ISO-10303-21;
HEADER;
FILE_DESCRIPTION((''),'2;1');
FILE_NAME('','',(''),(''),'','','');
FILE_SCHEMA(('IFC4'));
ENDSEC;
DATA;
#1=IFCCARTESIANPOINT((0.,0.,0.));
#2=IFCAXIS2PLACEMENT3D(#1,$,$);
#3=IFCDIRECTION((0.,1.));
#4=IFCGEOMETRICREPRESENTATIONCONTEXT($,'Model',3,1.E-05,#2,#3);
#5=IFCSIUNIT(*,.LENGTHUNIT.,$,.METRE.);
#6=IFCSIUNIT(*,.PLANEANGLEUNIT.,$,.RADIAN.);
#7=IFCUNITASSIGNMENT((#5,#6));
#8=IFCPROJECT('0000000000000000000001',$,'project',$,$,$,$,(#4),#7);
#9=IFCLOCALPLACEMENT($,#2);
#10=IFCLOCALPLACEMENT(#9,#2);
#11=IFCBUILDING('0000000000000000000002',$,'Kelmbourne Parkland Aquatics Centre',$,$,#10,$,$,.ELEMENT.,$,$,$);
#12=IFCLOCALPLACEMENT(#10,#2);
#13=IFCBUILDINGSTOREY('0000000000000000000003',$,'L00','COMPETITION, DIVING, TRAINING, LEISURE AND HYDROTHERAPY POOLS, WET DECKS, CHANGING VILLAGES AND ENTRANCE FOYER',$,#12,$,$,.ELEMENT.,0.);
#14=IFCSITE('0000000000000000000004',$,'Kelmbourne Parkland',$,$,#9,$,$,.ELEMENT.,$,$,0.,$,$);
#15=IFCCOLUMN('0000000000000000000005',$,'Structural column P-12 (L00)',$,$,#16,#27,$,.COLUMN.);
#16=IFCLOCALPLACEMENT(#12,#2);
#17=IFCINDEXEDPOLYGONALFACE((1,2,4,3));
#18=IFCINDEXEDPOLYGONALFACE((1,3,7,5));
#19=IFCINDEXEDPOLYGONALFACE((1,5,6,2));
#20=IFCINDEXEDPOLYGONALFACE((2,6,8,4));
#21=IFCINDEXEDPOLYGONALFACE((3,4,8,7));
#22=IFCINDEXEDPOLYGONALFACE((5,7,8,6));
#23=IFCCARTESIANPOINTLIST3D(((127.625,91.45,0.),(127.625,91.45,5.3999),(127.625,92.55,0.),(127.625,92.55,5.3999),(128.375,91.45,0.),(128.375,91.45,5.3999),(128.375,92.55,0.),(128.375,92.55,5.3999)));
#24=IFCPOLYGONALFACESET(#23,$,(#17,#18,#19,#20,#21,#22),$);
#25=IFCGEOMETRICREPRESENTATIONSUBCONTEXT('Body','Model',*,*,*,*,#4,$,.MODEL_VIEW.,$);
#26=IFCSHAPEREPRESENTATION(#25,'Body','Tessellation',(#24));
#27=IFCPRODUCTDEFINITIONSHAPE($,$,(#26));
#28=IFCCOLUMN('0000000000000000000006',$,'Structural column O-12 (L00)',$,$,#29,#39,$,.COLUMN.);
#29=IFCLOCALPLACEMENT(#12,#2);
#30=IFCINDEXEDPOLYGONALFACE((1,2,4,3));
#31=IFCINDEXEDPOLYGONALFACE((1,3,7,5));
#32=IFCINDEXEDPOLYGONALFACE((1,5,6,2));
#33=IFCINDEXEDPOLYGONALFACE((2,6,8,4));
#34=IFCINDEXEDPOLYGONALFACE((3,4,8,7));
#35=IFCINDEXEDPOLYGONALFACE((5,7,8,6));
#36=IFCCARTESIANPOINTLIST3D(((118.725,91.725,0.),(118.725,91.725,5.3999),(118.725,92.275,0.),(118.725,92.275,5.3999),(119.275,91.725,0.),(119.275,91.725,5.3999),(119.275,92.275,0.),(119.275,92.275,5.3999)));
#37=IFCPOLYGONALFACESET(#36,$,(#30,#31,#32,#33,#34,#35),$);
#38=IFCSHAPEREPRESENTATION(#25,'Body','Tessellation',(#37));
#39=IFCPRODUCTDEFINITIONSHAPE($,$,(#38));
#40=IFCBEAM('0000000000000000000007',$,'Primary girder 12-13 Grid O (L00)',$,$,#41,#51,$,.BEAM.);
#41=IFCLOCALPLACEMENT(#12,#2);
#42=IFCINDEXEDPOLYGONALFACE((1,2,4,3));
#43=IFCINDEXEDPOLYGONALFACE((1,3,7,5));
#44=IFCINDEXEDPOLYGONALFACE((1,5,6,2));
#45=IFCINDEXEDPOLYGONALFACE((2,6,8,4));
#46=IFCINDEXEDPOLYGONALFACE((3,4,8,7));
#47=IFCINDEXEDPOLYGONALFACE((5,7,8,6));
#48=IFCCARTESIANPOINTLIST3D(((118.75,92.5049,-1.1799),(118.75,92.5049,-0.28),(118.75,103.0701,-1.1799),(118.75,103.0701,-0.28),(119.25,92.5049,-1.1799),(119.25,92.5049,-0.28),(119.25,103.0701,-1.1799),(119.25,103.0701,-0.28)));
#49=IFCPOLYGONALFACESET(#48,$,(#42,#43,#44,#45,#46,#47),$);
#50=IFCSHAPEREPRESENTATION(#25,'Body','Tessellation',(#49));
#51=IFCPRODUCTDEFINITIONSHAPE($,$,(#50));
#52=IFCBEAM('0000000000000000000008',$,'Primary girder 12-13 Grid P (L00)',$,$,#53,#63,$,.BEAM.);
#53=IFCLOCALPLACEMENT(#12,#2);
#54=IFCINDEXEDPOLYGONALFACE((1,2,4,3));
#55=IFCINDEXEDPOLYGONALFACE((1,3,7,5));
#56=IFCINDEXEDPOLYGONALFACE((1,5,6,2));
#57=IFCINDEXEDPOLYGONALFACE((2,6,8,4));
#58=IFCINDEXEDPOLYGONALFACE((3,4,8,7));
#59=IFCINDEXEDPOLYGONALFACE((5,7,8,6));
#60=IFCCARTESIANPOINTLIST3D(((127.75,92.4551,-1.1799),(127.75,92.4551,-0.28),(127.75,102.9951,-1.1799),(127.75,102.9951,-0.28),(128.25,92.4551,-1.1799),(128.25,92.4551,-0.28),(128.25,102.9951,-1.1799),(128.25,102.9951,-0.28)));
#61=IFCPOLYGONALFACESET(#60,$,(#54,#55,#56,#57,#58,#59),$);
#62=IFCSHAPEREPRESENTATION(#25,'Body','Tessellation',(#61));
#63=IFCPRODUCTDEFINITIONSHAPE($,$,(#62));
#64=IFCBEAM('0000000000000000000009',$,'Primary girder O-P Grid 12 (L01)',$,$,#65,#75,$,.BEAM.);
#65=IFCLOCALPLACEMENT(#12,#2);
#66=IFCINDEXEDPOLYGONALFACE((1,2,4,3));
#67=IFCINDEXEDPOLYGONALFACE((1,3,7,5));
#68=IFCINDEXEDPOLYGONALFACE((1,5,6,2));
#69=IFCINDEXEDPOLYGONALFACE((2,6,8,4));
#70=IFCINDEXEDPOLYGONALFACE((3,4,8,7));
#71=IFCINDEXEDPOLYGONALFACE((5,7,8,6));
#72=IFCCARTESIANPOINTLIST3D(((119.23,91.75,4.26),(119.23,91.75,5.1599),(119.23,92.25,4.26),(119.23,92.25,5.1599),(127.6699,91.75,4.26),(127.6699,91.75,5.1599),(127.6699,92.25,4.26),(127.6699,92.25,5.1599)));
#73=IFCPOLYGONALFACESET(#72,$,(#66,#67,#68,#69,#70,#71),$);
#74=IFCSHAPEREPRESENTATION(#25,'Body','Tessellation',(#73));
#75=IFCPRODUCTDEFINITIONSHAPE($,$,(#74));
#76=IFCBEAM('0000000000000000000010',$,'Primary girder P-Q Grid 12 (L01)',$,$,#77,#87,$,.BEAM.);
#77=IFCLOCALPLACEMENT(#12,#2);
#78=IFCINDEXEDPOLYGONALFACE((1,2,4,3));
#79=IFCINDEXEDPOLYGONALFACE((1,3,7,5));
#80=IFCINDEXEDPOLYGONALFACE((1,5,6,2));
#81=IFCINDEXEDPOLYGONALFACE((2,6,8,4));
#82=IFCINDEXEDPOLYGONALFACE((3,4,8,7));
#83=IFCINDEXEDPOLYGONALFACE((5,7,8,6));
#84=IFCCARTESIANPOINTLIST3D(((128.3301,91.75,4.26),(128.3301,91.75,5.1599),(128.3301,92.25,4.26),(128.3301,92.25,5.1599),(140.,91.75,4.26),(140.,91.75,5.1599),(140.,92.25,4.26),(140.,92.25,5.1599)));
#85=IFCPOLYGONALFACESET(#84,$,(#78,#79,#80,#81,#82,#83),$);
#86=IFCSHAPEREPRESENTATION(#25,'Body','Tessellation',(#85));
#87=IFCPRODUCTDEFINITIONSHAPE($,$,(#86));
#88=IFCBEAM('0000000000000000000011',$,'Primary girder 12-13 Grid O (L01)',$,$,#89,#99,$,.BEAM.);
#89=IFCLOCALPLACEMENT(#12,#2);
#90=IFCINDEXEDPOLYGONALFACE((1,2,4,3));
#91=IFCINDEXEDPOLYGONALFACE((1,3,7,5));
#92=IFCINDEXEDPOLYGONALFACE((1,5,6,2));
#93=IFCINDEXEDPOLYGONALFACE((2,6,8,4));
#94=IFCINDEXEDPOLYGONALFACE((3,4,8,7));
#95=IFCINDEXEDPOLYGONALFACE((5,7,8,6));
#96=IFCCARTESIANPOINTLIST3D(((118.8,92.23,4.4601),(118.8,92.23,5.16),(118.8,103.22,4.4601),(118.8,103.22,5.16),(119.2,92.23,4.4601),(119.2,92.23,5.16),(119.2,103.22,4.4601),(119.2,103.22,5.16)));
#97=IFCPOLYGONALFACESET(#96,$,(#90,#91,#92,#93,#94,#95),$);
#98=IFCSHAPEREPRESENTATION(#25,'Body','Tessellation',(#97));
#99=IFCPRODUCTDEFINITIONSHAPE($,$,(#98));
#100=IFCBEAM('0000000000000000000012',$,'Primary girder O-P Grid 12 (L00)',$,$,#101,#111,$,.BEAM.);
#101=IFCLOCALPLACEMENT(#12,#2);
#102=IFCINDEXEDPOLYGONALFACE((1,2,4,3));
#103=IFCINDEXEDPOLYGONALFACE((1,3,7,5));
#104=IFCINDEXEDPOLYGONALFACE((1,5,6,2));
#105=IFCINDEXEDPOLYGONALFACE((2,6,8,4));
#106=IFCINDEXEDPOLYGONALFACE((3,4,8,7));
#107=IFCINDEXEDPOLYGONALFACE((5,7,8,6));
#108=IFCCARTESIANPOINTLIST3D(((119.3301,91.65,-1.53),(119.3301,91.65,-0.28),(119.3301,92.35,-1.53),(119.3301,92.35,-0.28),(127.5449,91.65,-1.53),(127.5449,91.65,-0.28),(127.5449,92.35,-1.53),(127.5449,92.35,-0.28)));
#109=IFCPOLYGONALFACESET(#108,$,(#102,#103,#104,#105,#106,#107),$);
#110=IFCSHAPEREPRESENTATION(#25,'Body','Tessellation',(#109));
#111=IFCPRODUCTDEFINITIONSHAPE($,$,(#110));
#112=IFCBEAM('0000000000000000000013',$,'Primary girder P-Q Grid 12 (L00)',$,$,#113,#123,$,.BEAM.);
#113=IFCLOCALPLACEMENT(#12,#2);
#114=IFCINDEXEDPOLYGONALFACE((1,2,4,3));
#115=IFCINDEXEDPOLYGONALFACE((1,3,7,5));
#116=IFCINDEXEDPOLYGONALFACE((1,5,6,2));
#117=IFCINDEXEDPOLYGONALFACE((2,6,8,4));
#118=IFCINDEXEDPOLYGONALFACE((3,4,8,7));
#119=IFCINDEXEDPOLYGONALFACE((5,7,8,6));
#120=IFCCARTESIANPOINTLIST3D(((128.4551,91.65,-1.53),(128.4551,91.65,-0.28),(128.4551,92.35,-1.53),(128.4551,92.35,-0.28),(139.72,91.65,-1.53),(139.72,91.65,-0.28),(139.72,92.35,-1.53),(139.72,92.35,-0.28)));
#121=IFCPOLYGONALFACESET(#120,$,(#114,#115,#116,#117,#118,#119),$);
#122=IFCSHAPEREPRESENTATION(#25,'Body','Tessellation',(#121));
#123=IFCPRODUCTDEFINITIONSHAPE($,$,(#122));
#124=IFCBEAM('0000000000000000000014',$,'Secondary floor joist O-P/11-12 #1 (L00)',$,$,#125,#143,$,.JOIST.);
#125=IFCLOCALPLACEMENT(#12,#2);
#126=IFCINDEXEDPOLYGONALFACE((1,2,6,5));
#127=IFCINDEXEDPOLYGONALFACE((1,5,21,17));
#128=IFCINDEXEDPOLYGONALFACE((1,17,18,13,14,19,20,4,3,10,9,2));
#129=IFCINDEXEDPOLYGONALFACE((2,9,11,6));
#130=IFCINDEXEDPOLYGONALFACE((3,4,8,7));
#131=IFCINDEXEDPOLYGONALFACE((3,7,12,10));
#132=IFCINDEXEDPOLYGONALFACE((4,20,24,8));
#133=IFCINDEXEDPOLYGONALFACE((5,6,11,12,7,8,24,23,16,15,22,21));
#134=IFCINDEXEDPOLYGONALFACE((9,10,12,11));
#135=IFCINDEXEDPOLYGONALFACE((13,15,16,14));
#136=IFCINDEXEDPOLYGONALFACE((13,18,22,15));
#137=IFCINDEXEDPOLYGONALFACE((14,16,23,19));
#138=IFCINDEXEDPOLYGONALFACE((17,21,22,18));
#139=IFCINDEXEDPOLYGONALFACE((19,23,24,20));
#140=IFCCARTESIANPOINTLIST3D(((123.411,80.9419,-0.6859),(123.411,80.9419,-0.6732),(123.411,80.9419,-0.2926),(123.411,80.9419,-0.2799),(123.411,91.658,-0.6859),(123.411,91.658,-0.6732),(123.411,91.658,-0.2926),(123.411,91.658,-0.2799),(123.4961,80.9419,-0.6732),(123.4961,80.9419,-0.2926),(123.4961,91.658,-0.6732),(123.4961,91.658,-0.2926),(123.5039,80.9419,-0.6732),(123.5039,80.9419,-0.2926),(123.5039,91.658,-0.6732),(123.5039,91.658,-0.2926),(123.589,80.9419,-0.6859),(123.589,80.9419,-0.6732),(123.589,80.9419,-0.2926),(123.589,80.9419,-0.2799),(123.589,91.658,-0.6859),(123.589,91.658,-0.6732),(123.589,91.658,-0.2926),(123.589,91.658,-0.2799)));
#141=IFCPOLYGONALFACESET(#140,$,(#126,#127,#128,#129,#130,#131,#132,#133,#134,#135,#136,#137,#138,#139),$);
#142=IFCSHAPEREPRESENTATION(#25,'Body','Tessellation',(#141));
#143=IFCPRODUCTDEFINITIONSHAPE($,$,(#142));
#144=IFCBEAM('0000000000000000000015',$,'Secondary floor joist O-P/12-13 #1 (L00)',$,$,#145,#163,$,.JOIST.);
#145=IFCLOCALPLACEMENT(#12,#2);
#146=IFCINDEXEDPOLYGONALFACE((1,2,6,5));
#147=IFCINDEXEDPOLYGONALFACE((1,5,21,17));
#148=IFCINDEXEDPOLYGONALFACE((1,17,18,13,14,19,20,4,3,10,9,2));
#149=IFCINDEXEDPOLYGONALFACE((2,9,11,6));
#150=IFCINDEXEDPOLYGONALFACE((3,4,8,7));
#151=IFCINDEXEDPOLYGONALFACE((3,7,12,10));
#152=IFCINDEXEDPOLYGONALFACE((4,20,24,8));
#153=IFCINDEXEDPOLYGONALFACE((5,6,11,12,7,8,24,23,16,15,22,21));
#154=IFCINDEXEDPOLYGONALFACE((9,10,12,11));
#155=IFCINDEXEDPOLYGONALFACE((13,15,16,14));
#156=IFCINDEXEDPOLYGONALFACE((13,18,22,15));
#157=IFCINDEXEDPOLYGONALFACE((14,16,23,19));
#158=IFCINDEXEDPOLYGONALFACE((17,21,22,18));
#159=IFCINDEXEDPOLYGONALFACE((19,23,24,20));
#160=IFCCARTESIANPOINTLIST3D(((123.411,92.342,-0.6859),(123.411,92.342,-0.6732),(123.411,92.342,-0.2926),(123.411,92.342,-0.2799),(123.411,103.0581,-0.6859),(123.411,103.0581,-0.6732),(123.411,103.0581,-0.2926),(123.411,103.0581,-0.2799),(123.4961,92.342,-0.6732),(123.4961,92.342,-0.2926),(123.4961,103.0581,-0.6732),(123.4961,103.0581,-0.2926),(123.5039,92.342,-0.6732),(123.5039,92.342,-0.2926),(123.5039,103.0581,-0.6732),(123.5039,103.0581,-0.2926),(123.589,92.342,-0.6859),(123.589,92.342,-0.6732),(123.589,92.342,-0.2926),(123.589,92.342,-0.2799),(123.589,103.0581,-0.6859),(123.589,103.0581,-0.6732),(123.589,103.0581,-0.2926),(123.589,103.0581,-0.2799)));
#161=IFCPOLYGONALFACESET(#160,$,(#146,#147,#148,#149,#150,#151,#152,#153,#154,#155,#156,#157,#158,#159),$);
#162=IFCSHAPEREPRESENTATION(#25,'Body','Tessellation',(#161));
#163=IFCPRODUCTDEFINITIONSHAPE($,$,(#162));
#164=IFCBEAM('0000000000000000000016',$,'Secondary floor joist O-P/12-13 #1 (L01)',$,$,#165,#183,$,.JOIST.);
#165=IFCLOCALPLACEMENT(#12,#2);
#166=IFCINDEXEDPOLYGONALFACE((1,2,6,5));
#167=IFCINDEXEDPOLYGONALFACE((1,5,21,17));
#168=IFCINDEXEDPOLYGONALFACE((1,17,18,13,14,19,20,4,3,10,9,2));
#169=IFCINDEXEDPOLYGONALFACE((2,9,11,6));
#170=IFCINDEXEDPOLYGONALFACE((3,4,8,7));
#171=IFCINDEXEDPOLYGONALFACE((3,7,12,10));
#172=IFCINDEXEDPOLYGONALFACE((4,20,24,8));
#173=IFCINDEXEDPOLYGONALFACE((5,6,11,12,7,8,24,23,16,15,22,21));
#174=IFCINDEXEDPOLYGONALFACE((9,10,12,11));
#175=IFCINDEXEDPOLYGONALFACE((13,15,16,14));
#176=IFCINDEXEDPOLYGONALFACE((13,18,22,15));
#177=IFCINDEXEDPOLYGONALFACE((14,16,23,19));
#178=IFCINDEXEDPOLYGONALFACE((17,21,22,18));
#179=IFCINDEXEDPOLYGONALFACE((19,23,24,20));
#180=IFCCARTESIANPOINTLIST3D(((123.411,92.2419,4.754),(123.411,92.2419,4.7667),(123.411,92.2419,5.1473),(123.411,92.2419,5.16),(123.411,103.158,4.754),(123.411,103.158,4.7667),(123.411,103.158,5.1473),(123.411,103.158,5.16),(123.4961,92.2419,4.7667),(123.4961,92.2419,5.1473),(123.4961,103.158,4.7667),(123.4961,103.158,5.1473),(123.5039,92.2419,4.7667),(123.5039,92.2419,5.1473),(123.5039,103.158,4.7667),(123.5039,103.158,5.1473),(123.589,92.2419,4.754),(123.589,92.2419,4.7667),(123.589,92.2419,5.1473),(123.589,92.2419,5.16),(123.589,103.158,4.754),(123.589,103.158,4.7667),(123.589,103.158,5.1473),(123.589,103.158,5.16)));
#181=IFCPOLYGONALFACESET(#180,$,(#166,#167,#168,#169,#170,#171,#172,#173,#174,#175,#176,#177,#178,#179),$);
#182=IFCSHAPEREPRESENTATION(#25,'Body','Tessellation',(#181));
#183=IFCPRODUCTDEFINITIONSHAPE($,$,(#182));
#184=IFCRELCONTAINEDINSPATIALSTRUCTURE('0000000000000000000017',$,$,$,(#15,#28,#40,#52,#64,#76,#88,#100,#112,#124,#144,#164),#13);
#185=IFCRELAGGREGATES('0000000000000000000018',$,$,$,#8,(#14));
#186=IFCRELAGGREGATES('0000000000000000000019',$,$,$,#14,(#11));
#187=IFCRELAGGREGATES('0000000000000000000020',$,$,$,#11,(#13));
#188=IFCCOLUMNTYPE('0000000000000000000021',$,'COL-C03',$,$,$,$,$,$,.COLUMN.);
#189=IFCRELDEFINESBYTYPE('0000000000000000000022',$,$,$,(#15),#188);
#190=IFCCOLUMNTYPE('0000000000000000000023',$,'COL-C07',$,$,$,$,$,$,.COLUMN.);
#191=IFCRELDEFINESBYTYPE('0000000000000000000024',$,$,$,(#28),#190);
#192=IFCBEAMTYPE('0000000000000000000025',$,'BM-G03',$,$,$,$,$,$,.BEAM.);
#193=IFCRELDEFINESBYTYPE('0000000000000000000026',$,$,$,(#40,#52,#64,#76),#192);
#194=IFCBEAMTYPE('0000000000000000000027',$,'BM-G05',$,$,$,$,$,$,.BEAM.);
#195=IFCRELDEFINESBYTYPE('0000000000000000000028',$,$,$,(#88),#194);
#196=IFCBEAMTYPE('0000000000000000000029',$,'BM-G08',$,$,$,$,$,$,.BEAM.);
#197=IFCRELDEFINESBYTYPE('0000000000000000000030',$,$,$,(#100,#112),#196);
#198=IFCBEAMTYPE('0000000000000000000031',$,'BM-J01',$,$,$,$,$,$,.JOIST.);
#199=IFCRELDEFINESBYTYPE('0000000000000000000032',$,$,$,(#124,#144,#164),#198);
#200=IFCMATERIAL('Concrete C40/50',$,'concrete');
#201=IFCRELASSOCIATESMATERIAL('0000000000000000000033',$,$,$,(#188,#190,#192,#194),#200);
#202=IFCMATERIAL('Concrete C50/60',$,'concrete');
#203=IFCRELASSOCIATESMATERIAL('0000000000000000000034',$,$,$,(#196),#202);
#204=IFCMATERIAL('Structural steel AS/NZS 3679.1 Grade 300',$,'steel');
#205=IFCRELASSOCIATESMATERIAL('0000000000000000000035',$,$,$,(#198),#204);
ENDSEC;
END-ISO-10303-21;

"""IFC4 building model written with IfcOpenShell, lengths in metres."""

from ifc_helpers import new_model, si_unit, direction, frame, origin, origin_2d, place, context, subcontext, project, spatial, rectangle, i_section, extrude, material, material_profile, profile_set, type_object, element, save


model = new_model("IFC4")

# Units and contexts
model_context = context("Model", 3, precision=1e-05, world=origin(), true_north=direction((0.0, 1.0)))
body_context = subcontext(model_context, "Body", "Model", "MODEL_VIEW")
ifc_project = project(units=[si_unit("LENGTHUNIT", "METRE"), si_unit("PLANEANGLEUNIT", "RADIAN")], contexts=[model_context])

# Site, building, storey
site_placement = place(None, origin())
site = spatial("IfcSite", under=ifc_project, at=site_placement, Name="Kelmbourne Parkland", CompositionType="ELEMENT", RefElevation=0.0)
building_placement = place(site_placement, origin())
building = spatial("IfcBuilding", under=site, at=building_placement, Name="Kelmbourne Parkland Aquatics Centre", CompositionType="ELEMENT")
storey_placement = place(building_placement, origin())
storey = spatial("IfcBuildingStorey", under=building, at=storey_placement, Name="L00", Description="COMPETITION, DIVING, TRAINING, LEISURE AND HYDROTHERAPY POOLS, WET DECKS, CHANGING VILLAGES AND ENTRANCE FOYER", CompositionType="ELEMENT", Elevation=0.0)

# Columns
ifc_material_1 = material(Name="Concrete C40/50", Category="concrete")
ifc_material_profile_1 = material_profile(ifc_material_1, rectangle(XDim=0.75, YDim=1.1001, at=origin_2d()), Name="RC 750x1100")
ifc_profile_set_1 = profile_set([ifc_material_profile_1], Name="Concrete C40/50")
column_type_1 = type_object("IfcColumnType", Name="COL-C03", PredefinedType="COLUMN", material=ifc_profile_set_1)
column_1_placement = place(storey_placement, frame((128.0, 92.0, 0.0), z_axis=(0.0, 0.0, 1.0), x_axis=(1.0, 0.0, 0.0)))
element("IfcColumn", 1, at=column_1_placement, inside=storey, type_object=column_type_1, Name="Structural column P-12 (L00)", PredefinedType="COLUMN", context=body_context, shape_type="SweptSolid", body=[
    extrude(rectangle(XDim=0.75, YDim=1.1001, at=origin_2d()), origin(), (0.0, 0.0, 1.0), 5.3999),
])
ifc_material_profile_2 = material_profile(ifc_material_1, rectangle(XDim=0.55, YDim=0.55, at=origin_2d()), Name="RC 550x550")
ifc_profile_set_2 = profile_set([ifc_material_profile_2], Name="Concrete C40/50")
column_type_2 = type_object("IfcColumnType", Name="COL-C07", PredefinedType="COLUMN", material=ifc_profile_set_2)
column_2_placement = place(storey_placement, frame((119.0, 92.0, 0.0), z_axis=(0.0, 0.0, 1.0), x_axis=(1.0, 0.0, 0.0)))
element("IfcColumn", 2, at=column_2_placement, inside=storey, type_object=column_type_2, Name="Structural column O-12 (L00)", PredefinedType="COLUMN", context=body_context, shape_type="SweptSolid", body=[
    extrude(rectangle(XDim=0.55, YDim=0.55, at=origin_2d()), origin(), (0.0, 0.0, 1.0), 5.3999),
])

# Beams
ifc_material_profile_3 = material_profile(ifc_material_1, rectangle(XDim=0.5, YDim=0.8999, at=origin_2d()), Name="RC 500x900")
ifc_profile_set_3 = profile_set([ifc_material_profile_3], Name="Concrete C40/50")
beam_type_1 = type_object("IfcBeamType", Name="BM-G03", PredefinedType="BEAM", material=ifc_profile_set_3)
beam_1_placement = place(storey_placement, frame((119.0, 92.5049, -0.73), z_axis=(0.0, 1.0, 0.0), x_axis=(-1.0, 0.0, 0.0)))
element("IfcBeam", 3, at=beam_1_placement, inside=storey, type_object=beam_type_1, Name="Primary girder 12-13 Grid O (L00)", PredefinedType="BEAM", context=body_context, shape_type="SweptSolid", body=[
    extrude(rectangle(XDim=0.5, YDim=0.8999, at=origin_2d()), origin(), (0.0, 0.0, 1.0), 10.5652),
])
beam_2_placement = place(storey_placement, frame((128.0, 92.4551, -0.73), z_axis=(0.0, 1.0, 0.0), x_axis=(-1.0, 0.0, 0.0)))
element("IfcBeam", 4, at=beam_2_placement, inside=storey, type_object=beam_type_1, Name="Primary girder 12-13 Grid P (L00)", PredefinedType="BEAM", context=body_context, shape_type="SweptSolid", body=[
    extrude(rectangle(XDim=0.5, YDim=0.8999, at=origin_2d()), origin(), (0.0, 0.0, 1.0), 10.54),
])
beam_3_placement = place(storey_placement, frame((119.23, 92.0, 4.71), z_axis=(1.0, 0.0, 0.0), x_axis=(0.0, 1.0, 0.0)))
element("IfcBeam", 5, at=beam_3_placement, inside=storey, type_object=beam_type_1, Name="Primary girder O-P Grid 12 (L01)", PredefinedType="BEAM", context=body_context, shape_type="SweptSolid", body=[
    extrude(rectangle(XDim=0.5, YDim=0.8999, at=origin_2d()), origin(), (0.0, 0.0, 1.0), 8.4399),
])
beam_4_placement = place(storey_placement, frame((128.3301, 92.0, 4.71), z_axis=(1.0, 0.0, 0.0), x_axis=(0.0, 1.0, 0.0)))
element("IfcBeam", 6, at=beam_4_placement, inside=storey, type_object=beam_type_1, Name="Primary girder P-Q Grid 12 (L01)", PredefinedType="BEAM", context=body_context, shape_type="SweptSolid", body=[
    extrude(rectangle(XDim=0.5, YDim=0.8999, at=origin_2d()), origin(), (0.0, 0.0, 1.0), 11.6699),
])
ifc_material_profile_4 = material_profile(ifc_material_1, rectangle(XDim=0.3999, YDim=0.7, at=origin_2d()), Name="RC 400x700")
ifc_profile_set_4 = profile_set([ifc_material_profile_4], Name="Concrete C40/50")
beam_type_2 = type_object("IfcBeamType", Name="BM-G05", PredefinedType="BEAM", material=ifc_profile_set_4)
beam_5_placement = place(storey_placement, frame((119.0, 92.23, 4.8101), z_axis=(0.0, 1.0, 0.0), x_axis=(-1.0, 0.0, 0.0)))
element("IfcBeam", 7, at=beam_5_placement, inside=storey, type_object=beam_type_2, Name="Primary girder 12-13 Grid O (L01)", PredefinedType="BEAM", context=body_context, shape_type="SweptSolid", body=[
    extrude(rectangle(XDim=0.3999, YDim=0.7, at=origin_2d()), origin(), (0.0, 0.0, 1.0), 10.99),
])
ifc_material_2 = material(Name="Concrete C50/60", Category="concrete")
ifc_material_profile_5 = material_profile(ifc_material_2, rectangle(XDim=0.7, YDim=1.25, at=origin_2d()), Name="RC 700x1250")
ifc_profile_set_5 = profile_set([ifc_material_profile_5], Name="Concrete C50/60")
beam_type_3 = type_object("IfcBeamType", Name="BM-G08", PredefinedType="BEAM", material=ifc_profile_set_5)
beam_6_placement = place(storey_placement, frame((119.3301, 92.0, -0.905), z_axis=(1.0, 0.0, 0.0), x_axis=(0.0, 1.0, 0.0)))
element("IfcBeam", 8, at=beam_6_placement, inside=storey, type_object=beam_type_3, Name="Primary girder O-P Grid 12 (L00)", PredefinedType="BEAM", context=body_context, shape_type="SweptSolid", body=[
    extrude(rectangle(XDim=0.7, YDim=1.25, at=origin_2d()), origin(), (0.0, 0.0, 1.0), 8.2148),
])
beam_7_placement = place(storey_placement, frame((128.4551, 92.0, -0.905), z_axis=(1.0, 0.0, 0.0), x_axis=(0.0, 1.0, 0.0)))
element("IfcBeam", 9, at=beam_7_placement, inside=storey, type_object=beam_type_3, Name="Primary girder P-Q Grid 12 (L00)", PredefinedType="BEAM", context=body_context, shape_type="SweptSolid", body=[
    extrude(rectangle(XDim=0.7, YDim=1.25, at=origin_2d()), origin(), (0.0, 0.0, 1.0), 11.2649),
])
ifc_material_3 = material(Name="Structural steel AS/NZS 3679.1 Grade 300", Category="steel")
ifc_material_profile_6 = material_profile(ifc_material_3, i_section(OverallWidth=0.178, OverallDepth=0.406, WebThickness=0.0078, FlangeThickness=0.0127, at=origin_2d()), Name="410UB59.7")
ifc_profile_set_6 = profile_set([ifc_material_profile_6], Name="Structural steel AS/NZS 3679.1 Grade 300")
beam_type_4 = type_object("IfcBeamType", Name="BM-J01", PredefinedType="JOIST", material=ifc_profile_set_6)
for number, where, z_axis, x_axis, name in (
    (10, (123.5, 80.9419, -0.4829), (0.0, 1.0, 0.0), (-1.0, 0.0, 0.0), "Secondary floor joist O-P/11-12 #1 (L00)"),
    (11, (123.5, 92.342, -0.4829), (0.0, 1.0, 0.0), (-1.0, 0.0, 0.0), "Secondary floor joist O-P/12-13 #1 (L00)"),
):
    element("IfcBeam", number, at=place(storey_placement, frame(where, z_axis=z_axis, x_axis=x_axis)), inside=storey, type_object=beam_type_4, Name=name, PredefinedType="JOIST", context=body_context, shape_type="SweptSolid", body=[
        extrude(i_section(OverallWidth=0.178, OverallDepth=0.406, WebThickness=0.0078, FlangeThickness=0.0127, at=origin_2d()), origin(), (0.0, 0.0, 1.0), 10.7161),
    ])
beam_8_placement = place(storey_placement, frame((123.5, 92.2419, 4.957), z_axis=(0.0, 1.0, 0.0), x_axis=(-1.0, 0.0, 0.0)))
element("IfcBeam", 12, at=beam_8_placement, inside=storey, type_object=beam_type_4, Name="Secondary floor joist O-P/12-13 #1 (L01)", PredefinedType="JOIST", context=body_context, shape_type="SweptSolid", body=[
    extrude(i_section(OverallWidth=0.178, OverallDepth=0.406, WebThickness=0.0078, FlangeThickness=0.0127, at=origin_2d()), origin(), (0.0, 0.0, 1.0), 10.916),
])

save(model, "model.ifc")
